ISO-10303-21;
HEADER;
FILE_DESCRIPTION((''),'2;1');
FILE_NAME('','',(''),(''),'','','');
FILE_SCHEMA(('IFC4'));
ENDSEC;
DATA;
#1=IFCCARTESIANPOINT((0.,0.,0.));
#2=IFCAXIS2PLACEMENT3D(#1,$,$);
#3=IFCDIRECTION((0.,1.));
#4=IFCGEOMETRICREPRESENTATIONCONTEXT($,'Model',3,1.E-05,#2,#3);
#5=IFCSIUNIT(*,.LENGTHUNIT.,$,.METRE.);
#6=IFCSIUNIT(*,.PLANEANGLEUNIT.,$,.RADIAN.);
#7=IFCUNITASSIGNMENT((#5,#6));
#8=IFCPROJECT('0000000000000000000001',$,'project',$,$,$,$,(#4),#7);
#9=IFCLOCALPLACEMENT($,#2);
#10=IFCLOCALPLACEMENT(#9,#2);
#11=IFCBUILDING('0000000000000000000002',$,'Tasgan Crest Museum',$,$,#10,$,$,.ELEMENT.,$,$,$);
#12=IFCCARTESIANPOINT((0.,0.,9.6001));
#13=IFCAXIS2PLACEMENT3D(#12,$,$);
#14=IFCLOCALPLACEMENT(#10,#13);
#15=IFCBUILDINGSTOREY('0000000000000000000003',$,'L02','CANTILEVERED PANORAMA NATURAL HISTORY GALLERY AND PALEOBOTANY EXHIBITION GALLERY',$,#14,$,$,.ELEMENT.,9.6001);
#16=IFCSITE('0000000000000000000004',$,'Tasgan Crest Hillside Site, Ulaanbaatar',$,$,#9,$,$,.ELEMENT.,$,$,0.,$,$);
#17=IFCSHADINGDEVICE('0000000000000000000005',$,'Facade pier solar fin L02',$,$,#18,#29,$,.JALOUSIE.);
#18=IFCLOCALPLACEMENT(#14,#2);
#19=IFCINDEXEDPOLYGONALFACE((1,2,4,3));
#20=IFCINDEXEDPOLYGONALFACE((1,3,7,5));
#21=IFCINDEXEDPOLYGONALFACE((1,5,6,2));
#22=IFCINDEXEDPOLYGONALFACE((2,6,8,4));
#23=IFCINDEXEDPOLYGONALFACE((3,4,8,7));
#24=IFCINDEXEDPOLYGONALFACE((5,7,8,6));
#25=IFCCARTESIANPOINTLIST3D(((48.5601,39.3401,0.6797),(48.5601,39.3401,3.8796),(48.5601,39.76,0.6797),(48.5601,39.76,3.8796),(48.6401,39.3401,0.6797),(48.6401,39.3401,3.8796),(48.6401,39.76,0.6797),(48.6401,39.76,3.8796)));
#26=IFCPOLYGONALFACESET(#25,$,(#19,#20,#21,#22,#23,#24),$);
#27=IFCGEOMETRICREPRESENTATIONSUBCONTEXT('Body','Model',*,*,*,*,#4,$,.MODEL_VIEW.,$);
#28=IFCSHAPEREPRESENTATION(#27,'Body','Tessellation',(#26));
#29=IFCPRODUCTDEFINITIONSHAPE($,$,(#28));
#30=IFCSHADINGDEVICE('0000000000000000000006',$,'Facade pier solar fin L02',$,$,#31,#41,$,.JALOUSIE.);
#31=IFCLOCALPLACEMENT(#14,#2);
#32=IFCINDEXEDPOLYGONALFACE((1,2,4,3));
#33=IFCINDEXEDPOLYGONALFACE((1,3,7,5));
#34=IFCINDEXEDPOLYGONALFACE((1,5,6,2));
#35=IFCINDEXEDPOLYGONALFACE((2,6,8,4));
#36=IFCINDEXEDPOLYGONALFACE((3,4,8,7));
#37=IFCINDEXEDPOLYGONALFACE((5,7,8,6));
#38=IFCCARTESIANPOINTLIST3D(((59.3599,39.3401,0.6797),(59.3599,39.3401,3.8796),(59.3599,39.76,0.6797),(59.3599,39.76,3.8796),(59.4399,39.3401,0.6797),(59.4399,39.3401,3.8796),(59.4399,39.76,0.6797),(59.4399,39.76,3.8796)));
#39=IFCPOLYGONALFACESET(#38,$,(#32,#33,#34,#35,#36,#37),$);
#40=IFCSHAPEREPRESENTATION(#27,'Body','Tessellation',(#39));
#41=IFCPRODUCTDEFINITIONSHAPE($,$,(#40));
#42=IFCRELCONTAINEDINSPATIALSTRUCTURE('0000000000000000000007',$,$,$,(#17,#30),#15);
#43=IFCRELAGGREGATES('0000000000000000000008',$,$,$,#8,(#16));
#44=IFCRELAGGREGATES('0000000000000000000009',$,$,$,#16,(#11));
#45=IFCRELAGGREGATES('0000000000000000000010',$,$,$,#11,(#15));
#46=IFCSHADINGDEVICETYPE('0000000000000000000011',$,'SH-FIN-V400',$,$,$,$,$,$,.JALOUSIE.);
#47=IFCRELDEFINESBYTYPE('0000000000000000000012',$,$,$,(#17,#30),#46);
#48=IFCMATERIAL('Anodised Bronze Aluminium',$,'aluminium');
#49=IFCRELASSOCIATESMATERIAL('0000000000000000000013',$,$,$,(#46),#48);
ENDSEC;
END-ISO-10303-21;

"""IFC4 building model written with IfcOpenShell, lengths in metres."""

from ifc_helpers import new_model, si_unit, direction, frame, origin, origin_2d, place, context, subcontext, project, spatial, rectangle, extrude, material, type_object, element, save


model = new_model("IFC4")

# Units and contexts
model_context = context("Model", 3, precision=1e-05, world=origin(), true_north=direction((0.0, 1.0)))
body_context = subcontext(model_context, "Body", "Model", "MODEL_VIEW")
ifc_project = project(units=[si_unit("LENGTHUNIT", "METRE"), si_unit("PLANEANGLEUNIT", "RADIAN")], contexts=[model_context])

# Site, building, storey
site_placement = place(None, origin())
site = spatial("IfcSite", under=ifc_project, at=site_placement, Name="Tasgan Crest Hillside Site, Ulaanbaatar", CompositionType="ELEMENT", RefElevation=0.0)
building_placement = place(site_placement, origin())
building = spatial("IfcBuilding", under=site, at=building_placement, Name="Tasgan Crest Museum", CompositionType="ELEMENT")
storey_placement = place(building_placement, frame((0.0, 0.0, 9.6001)))
storey = spatial("IfcBuildingStorey", under=building, at=storey_placement, Name="L02", Description="CANTILEVERED PANORAMA NATURAL HISTORY GALLERY AND PALEOBOTANY EXHIBITION GALLERY", CompositionType="ELEMENT", Elevation=9.6001)

# Shading devices
ifc_material_1 = material(Name="Anodised Bronze Aluminium", Category="aluminium")
shading_device_type = type_object("IfcShadingDeviceType", Name="SH-FIN-V400", PredefinedType="JALOUSIE", material=ifc_material_1)
for number, where, z_axis, x_axis, name in (
    (1, (48.6001, 39.55, 0.6797), (0.0, 0.0, 1.0), (1.0, 0.0, 0.0), "Facade pier solar fin L02"),
    (2, (59.3999, 39.55, 0.6797), (0.0, 0.0, 1.0), (1.0, 0.0, 0.0), "Facade pier solar fin L02"),
):
    element("IfcShadingDevice", number, at=place(storey_placement, frame(where, z_axis=z_axis, x_axis=x_axis)), inside=storey, type_object=shading_device_type, Name=name, PredefinedType="JALOUSIE", context=body_context, shape_type="SweptSolid", body=[
        extrude(rectangle(XDim=0.0801, YDim=0.4199, at=origin_2d()), origin(), (0.0, 0.0, 1.0), 3.2),
    ])

save(model, "model.ifc")
